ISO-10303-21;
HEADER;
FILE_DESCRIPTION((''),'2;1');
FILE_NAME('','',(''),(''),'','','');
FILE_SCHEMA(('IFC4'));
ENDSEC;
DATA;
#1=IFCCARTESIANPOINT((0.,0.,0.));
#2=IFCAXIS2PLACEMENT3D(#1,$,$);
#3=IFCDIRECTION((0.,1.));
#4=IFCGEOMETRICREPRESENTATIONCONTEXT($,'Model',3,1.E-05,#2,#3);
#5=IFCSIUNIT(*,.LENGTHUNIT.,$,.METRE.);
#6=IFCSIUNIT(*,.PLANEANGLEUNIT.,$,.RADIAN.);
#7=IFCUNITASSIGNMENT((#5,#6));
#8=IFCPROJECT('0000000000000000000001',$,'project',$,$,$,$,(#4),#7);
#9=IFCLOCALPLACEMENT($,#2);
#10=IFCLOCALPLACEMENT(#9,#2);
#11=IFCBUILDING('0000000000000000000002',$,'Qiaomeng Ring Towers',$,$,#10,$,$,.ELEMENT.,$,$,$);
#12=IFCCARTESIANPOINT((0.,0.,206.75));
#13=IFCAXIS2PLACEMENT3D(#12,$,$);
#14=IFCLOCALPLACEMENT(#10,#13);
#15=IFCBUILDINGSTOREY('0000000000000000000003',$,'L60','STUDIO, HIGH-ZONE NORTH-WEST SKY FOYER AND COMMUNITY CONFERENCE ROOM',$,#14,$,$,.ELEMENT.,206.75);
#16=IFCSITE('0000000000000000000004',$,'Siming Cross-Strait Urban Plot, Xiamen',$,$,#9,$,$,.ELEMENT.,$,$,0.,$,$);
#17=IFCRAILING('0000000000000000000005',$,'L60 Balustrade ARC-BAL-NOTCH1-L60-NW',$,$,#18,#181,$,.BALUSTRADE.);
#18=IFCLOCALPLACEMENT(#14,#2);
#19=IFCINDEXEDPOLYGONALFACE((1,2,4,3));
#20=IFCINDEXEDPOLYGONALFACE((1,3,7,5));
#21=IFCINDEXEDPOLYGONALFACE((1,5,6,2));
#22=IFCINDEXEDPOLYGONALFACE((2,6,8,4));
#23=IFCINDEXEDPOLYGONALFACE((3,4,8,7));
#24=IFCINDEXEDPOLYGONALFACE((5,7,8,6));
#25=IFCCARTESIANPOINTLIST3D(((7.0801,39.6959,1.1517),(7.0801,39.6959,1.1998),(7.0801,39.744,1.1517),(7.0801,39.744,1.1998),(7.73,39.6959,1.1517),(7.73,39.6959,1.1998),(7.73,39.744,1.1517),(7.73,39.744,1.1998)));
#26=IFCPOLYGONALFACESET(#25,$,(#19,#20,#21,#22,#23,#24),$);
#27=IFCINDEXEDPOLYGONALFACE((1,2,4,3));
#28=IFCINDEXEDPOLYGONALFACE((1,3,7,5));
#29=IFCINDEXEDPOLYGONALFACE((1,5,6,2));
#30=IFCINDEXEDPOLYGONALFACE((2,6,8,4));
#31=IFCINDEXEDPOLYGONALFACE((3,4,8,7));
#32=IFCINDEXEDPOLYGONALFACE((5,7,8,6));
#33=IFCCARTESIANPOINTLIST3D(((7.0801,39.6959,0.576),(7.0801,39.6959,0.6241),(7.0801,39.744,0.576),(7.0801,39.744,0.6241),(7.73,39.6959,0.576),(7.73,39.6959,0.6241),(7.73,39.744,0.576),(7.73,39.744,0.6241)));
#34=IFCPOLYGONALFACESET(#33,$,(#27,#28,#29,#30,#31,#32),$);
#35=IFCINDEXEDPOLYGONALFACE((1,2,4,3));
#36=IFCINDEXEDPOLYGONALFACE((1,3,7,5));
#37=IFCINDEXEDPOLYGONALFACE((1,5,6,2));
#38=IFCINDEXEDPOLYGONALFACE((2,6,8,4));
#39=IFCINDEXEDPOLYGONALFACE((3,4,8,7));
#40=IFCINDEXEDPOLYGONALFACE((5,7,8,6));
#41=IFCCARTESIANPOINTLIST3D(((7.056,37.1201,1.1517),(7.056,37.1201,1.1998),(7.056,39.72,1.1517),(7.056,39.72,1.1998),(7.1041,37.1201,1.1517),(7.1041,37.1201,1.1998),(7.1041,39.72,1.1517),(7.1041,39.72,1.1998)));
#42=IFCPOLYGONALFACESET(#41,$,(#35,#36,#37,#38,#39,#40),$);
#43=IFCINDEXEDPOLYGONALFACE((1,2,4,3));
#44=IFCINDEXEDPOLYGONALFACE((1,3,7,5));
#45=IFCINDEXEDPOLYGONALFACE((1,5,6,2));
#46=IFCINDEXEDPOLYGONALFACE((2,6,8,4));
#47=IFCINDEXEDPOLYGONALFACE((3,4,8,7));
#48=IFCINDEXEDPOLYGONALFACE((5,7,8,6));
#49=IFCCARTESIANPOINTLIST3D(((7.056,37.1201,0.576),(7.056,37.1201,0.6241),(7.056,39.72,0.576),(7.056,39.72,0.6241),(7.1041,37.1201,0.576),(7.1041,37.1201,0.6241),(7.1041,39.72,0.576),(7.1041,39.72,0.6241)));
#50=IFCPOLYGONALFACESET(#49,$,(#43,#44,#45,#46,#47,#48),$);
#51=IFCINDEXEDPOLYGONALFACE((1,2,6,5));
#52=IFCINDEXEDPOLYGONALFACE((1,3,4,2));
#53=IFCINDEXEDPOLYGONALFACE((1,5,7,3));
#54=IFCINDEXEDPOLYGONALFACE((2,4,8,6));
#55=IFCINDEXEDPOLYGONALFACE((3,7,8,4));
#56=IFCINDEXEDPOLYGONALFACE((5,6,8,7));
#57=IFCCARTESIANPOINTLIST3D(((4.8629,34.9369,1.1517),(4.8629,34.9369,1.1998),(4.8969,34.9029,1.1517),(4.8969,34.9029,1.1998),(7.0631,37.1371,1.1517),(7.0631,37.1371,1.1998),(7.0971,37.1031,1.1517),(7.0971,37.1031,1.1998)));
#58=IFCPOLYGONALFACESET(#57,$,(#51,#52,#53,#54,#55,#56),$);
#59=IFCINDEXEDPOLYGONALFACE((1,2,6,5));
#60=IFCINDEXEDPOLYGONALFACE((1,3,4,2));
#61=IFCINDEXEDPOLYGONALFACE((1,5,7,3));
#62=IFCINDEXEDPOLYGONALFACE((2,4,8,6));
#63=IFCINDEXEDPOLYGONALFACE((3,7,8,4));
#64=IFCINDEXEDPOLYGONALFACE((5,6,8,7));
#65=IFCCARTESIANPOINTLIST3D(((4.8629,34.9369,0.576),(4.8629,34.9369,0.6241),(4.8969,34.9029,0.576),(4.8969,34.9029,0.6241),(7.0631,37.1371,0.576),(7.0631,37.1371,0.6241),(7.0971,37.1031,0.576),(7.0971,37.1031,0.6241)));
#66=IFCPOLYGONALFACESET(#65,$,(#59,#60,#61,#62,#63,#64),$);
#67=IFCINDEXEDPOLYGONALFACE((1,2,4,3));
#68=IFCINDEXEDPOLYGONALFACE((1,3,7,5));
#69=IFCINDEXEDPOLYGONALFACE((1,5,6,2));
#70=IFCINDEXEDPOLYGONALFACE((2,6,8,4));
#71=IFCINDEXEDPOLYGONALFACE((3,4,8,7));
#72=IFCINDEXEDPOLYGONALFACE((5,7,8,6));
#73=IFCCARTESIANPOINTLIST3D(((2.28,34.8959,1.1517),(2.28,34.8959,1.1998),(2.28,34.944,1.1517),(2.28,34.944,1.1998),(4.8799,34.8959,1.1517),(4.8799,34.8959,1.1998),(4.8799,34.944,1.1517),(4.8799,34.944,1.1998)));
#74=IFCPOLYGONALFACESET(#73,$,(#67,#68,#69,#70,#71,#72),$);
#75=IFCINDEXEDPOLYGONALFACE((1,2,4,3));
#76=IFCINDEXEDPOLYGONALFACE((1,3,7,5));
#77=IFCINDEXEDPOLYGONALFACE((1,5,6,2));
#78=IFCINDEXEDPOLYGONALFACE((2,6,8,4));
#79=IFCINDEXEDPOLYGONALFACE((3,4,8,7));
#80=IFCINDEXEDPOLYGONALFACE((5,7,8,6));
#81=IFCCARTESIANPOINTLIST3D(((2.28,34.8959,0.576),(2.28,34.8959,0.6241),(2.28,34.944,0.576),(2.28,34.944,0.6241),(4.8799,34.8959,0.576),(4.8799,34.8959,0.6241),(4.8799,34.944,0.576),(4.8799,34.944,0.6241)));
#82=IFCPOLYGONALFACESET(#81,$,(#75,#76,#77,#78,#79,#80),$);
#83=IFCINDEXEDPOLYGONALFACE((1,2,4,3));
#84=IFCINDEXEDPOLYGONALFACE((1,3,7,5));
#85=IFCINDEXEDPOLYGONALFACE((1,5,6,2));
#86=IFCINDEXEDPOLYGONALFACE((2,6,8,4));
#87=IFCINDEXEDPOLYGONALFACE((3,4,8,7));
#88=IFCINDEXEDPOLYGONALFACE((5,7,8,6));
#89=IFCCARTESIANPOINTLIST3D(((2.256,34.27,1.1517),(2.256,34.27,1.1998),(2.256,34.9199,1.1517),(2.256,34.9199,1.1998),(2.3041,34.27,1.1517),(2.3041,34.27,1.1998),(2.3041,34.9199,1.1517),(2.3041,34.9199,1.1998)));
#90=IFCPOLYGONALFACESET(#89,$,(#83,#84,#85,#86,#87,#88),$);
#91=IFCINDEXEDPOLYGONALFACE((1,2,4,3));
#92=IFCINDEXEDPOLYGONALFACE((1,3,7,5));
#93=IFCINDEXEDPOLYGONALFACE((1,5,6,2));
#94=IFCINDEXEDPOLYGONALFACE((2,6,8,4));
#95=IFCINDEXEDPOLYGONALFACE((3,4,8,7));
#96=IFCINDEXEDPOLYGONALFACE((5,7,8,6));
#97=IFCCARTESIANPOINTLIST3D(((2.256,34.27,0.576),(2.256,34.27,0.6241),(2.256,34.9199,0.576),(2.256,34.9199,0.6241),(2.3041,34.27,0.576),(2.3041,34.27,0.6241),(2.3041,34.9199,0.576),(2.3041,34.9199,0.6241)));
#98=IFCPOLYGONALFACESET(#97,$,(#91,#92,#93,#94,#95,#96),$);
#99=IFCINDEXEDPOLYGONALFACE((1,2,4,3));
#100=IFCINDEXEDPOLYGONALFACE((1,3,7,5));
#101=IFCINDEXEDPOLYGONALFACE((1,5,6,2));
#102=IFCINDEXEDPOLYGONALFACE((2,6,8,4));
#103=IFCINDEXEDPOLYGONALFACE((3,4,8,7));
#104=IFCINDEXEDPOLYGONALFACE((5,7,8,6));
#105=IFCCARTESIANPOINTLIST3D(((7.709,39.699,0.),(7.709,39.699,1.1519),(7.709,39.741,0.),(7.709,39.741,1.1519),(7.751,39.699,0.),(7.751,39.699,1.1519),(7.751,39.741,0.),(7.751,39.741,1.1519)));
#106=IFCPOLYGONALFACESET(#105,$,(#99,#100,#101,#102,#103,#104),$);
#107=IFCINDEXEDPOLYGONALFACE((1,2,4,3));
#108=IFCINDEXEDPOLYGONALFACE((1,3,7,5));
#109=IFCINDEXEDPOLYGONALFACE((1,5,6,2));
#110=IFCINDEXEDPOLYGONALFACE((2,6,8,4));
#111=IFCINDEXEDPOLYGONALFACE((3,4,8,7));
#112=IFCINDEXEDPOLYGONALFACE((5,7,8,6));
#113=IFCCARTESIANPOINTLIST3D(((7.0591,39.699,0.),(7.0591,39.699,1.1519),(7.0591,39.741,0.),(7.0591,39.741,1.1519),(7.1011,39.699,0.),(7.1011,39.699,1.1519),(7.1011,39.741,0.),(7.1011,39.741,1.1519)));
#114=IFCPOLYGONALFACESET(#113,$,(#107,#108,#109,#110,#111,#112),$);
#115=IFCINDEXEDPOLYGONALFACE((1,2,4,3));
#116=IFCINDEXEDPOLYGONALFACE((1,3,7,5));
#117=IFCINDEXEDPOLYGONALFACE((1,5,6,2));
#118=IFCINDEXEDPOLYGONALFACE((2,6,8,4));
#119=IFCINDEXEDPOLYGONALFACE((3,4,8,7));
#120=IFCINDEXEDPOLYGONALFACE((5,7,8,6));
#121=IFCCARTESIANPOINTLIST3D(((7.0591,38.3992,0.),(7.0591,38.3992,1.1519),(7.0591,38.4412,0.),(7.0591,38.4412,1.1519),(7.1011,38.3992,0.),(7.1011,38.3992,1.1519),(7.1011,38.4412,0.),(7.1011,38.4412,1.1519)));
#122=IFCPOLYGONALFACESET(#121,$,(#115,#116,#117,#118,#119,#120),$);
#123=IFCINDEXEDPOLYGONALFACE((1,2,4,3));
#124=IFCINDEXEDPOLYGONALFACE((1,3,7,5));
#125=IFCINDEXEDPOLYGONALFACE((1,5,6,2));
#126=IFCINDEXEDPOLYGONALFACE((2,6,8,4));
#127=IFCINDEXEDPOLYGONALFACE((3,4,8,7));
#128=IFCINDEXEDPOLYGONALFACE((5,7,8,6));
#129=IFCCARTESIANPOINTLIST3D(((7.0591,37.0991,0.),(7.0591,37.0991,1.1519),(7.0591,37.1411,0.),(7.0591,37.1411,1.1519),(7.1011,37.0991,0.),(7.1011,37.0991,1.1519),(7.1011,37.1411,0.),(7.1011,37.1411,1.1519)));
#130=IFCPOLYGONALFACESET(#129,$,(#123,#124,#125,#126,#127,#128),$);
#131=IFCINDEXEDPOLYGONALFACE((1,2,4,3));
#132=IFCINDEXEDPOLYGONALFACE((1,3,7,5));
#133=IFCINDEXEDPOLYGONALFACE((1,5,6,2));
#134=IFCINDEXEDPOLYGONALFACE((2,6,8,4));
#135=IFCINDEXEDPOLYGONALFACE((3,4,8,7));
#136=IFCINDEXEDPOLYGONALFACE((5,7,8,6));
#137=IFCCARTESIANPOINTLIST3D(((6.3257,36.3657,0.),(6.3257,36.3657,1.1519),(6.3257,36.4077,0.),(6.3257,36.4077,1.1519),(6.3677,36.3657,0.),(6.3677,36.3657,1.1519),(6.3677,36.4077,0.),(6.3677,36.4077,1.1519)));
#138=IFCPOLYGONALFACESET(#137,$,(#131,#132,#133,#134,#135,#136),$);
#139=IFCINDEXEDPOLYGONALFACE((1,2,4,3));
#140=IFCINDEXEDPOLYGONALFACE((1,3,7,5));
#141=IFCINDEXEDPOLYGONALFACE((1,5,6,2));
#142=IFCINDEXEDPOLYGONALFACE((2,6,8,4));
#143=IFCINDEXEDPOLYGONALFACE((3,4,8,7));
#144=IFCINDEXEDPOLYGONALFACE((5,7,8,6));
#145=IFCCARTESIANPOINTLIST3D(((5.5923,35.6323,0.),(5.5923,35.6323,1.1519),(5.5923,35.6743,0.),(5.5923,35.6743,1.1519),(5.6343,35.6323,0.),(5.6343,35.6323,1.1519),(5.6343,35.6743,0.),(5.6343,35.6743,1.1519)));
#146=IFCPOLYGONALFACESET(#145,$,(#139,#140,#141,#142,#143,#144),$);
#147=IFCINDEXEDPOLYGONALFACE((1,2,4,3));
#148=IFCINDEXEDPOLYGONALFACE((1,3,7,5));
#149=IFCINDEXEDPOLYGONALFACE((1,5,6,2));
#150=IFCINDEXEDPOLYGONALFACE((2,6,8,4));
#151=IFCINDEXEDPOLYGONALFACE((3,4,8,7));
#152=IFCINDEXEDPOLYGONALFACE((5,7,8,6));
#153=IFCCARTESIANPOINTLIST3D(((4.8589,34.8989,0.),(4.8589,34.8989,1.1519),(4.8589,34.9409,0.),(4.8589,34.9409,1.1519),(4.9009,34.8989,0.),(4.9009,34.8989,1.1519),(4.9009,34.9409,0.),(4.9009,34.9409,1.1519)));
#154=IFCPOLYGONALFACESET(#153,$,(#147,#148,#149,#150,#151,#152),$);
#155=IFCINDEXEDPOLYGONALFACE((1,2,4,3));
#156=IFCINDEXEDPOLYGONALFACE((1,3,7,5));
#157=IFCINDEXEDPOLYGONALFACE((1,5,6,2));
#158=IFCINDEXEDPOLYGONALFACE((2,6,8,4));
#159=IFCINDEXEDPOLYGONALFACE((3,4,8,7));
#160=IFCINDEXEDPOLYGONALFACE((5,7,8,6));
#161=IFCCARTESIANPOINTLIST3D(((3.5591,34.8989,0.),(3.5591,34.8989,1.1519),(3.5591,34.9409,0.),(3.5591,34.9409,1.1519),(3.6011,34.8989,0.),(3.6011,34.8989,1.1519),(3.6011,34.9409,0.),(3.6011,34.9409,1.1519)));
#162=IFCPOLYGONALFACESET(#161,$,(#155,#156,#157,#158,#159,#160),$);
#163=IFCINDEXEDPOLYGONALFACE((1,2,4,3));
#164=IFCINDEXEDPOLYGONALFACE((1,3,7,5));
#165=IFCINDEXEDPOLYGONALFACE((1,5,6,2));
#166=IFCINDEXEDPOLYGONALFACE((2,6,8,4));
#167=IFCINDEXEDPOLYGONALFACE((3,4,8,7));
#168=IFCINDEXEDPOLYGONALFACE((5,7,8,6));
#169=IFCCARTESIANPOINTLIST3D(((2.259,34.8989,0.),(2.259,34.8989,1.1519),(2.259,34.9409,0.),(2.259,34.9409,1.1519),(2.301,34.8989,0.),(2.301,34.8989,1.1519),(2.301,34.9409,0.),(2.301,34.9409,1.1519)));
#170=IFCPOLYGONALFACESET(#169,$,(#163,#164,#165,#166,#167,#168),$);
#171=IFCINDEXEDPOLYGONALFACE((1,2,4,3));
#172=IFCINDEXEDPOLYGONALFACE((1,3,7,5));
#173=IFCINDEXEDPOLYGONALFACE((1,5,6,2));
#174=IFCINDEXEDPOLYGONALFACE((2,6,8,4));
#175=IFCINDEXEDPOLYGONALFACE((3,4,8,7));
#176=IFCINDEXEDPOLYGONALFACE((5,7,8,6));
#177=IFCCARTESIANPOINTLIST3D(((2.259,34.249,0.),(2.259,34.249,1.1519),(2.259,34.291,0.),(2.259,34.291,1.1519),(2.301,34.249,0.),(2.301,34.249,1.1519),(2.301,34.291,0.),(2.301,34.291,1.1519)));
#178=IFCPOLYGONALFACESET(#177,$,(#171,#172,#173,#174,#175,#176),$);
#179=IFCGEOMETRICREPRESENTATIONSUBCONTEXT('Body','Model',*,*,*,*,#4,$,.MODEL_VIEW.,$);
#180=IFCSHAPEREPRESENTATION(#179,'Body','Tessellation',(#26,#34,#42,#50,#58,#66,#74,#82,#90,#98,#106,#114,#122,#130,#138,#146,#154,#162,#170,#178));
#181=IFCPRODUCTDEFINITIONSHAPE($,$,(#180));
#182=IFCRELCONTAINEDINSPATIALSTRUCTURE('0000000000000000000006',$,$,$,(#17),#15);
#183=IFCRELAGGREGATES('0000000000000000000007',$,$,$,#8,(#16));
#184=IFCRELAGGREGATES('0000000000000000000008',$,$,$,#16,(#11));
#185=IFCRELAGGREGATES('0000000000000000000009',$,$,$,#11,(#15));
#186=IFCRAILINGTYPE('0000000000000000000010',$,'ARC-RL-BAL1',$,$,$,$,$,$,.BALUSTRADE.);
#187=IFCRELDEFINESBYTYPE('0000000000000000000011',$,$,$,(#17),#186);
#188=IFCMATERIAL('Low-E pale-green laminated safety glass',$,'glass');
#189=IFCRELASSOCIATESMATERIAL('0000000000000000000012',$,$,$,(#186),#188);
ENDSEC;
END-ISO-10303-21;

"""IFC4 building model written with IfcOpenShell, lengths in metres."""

from ifc_helpers import new_model, si_unit, direction, frame, origin, origin_2d, place, context, subcontext, project, spatial, rectangle, extrude, material, type_object, element, save


model = new_model("IFC4")

# Units and contexts
model_context = context("Model", 3, precision=1e-05, world=origin(), true_north=direction((0.0, 1.0)))
body_context = subcontext(model_context, "Body", "Model", "MODEL_VIEW")
ifc_project = project(units=[si_unit("LENGTHUNIT", "METRE"), si_unit("PLANEANGLEUNIT", "RADIAN")], contexts=[model_context])

# Site, building, storey
site_placement = place(None, origin())
site = spatial("IfcSite", under=ifc_project, at=site_placement, Name="Siming Cross-Strait Urban Plot, Xiamen", CompositionType="ELEMENT", RefElevation=0.0)
building_placement = place(site_placement, origin())
building = spatial("IfcBuilding", under=site, at=building_placement, Name="Qiaomeng Ring Towers", CompositionType="ELEMENT")
storey_placement = place(building_placement, frame((0.0, 0.0, 206.75)))
storey = spatial("IfcBuildingStorey", under=building, at=storey_placement, Name="L60", Description="STUDIO, HIGH-ZONE NORTH-WEST SKY FOYER AND COMMUNITY CONFERENCE ROOM", CompositionType="ELEMENT", Elevation=206.75)

# Railing
ifc_material_1 = material(Name="Low-E pale-green laminated safety glass", Category="glass")
railing_type = type_object("IfcRailingType", Name="ARC-RL-BAL1", PredefinedType="BALUSTRADE", material=ifc_material_1)
railing_placement = place(storey_placement, frame((7.73, 39.72, 0.0)))
element("IfcRailing", 1, at=railing_placement, inside=storey, type_object=railing_type, Name="L60 Balustrade ARC-BAL-NOTCH1-L60-NW", PredefinedType="BALUSTRADE", context=body_context, shape_type="SweptSolid", body=[
    extrude(rectangle(XDim=0.0481, YDim=0.0481, at=origin_2d()), frame((0.0, 0.0, 1.1758), z_axis=(-1.0, 0.0, 0.0), x_axis=(0.0, -1.0, 0.0)), (0.0, 0.0, 1.0), 0.6499),
    extrude(rectangle(XDim=0.0481, YDim=0.0481, at=origin_2d()), frame((0.0, 0.0, 0.6001), z_axis=(-1.0, 0.0, 0.0), x_axis=(0.0, -1.0, 0.0)), (0.0, 0.0, 1.0), 0.6499),
    extrude(rectangle(XDim=0.0481, YDim=0.0481, at=origin_2d()), frame((-0.6499, 0.0, 1.1758), z_axis=(0.0, -1.0, 0.0), x_axis=(1.0, 0.0, 0.0)), (0.0, 0.0, 1.0), 2.5999),
    extrude(rectangle(XDim=0.0481, YDim=0.0481, at=origin_2d()), frame((-0.6499, 0.0, 0.6001), z_axis=(0.0, -1.0, 0.0), x_axis=(1.0, 0.0, 0.0)), (0.0, 0.0, 1.0), 2.5999),
    extrude(rectangle(XDim=0.0481, YDim=0.0481, at=origin_2d()), frame((-0.6499, -2.5999, 1.1758), z_axis=(-0.707107, -0.707107, 0.0), x_axis=(0.707107, -0.707107, 0.0)), (0.0, 0.0, 1.0), 3.1116),
    extrude(rectangle(XDim=0.0481, YDim=0.0481, at=origin_2d()), frame((-0.6499, -2.5999, 0.6001), z_axis=(-0.707107, -0.707107, 0.0), x_axis=(0.707107, -0.707107, 0.0)), (0.0, 0.0, 1.0), 3.1116),
    extrude(rectangle(XDim=0.0481, YDim=0.0481, at=origin_2d()), frame((-2.8501, -4.8, 1.1758), z_axis=(-1.0, 0.0, 0.0), x_axis=(0.0, -1.0, 0.0)), (0.0, 0.0, 1.0), 2.5999),
    extrude(rectangle(XDim=0.0481, YDim=0.0481, at=origin_2d()), frame((-2.8501, -4.8, 0.6001), z_axis=(-1.0, 0.0, 0.0), x_axis=(0.0, -1.0, 0.0)), (0.0, 0.0, 1.0), 2.5999),
    extrude(rectangle(XDim=0.0481, YDim=0.0481, at=origin_2d()), frame((-5.45, -4.8, 1.1758), z_axis=(0.0, -1.0, 0.0), x_axis=(1.0, 0.0, 0.0)), (0.0, 0.0, 1.0), 0.6499),
    extrude(rectangle(XDim=0.0481, YDim=0.0481, at=origin_2d()), frame((-5.45, -4.8, 0.6001), z_axis=(0.0, -1.0, 0.0), x_axis=(1.0, 0.0, 0.0)), (0.0, 0.0, 1.0), 0.6499),
    extrude(rectangle(XDim=0.042, YDim=0.042, at=origin_2d()), origin(), (0.0, 0.0, 1.0), 1.1519),
    extrude(rectangle(XDim=0.042, YDim=0.042, at=origin_2d()), frame((-0.6499, 0.0, 0.0)), (0.0, 0.0, 1.0), 1.1519),
    extrude(rectangle(XDim=0.042, YDim=0.042, at=origin_2d()), frame((-0.6499, -1.2998, 0.0)), (0.0, 0.0, 1.0), 1.1519),
    extrude(rectangle(XDim=0.042, YDim=0.042, at=origin_2d()), frame((-0.6499, -2.5999, 0.0)), (0.0, 0.0, 1.0), 1.1519),
    extrude(rectangle(XDim=0.042, YDim=0.042, at=origin_2d()), frame((-1.3833, -3.3333, 0.0)), (0.0, 0.0, 1.0), 1.1519),
    extrude(rectangle(XDim=0.042, YDim=0.042, at=origin_2d()), frame((-2.1167, -4.0667, 0.0)), (0.0, 0.0, 1.0), 1.1519),
    extrude(rectangle(XDim=0.042, YDim=0.042, at=origin_2d()), frame((-2.8501, -4.8, 0.0)), (0.0, 0.0, 1.0), 1.1519),
    extrude(rectangle(XDim=0.042, YDim=0.042, at=origin_2d()), frame((-4.1499, -4.8, 0.0)), (0.0, 0.0, 1.0), 1.1519),
    extrude(rectangle(XDim=0.042, YDim=0.042, at=origin_2d()), frame((-5.45, -4.8, 0.0)), (0.0, 0.0, 1.0), 1.1519),
    extrude(rectangle(XDim=0.042, YDim=0.042, at=origin_2d()), frame((-5.45, -5.45, 0.0)), (0.0, 0.0, 1.0), 1.1519),
])

save(model, "model.ifc")
